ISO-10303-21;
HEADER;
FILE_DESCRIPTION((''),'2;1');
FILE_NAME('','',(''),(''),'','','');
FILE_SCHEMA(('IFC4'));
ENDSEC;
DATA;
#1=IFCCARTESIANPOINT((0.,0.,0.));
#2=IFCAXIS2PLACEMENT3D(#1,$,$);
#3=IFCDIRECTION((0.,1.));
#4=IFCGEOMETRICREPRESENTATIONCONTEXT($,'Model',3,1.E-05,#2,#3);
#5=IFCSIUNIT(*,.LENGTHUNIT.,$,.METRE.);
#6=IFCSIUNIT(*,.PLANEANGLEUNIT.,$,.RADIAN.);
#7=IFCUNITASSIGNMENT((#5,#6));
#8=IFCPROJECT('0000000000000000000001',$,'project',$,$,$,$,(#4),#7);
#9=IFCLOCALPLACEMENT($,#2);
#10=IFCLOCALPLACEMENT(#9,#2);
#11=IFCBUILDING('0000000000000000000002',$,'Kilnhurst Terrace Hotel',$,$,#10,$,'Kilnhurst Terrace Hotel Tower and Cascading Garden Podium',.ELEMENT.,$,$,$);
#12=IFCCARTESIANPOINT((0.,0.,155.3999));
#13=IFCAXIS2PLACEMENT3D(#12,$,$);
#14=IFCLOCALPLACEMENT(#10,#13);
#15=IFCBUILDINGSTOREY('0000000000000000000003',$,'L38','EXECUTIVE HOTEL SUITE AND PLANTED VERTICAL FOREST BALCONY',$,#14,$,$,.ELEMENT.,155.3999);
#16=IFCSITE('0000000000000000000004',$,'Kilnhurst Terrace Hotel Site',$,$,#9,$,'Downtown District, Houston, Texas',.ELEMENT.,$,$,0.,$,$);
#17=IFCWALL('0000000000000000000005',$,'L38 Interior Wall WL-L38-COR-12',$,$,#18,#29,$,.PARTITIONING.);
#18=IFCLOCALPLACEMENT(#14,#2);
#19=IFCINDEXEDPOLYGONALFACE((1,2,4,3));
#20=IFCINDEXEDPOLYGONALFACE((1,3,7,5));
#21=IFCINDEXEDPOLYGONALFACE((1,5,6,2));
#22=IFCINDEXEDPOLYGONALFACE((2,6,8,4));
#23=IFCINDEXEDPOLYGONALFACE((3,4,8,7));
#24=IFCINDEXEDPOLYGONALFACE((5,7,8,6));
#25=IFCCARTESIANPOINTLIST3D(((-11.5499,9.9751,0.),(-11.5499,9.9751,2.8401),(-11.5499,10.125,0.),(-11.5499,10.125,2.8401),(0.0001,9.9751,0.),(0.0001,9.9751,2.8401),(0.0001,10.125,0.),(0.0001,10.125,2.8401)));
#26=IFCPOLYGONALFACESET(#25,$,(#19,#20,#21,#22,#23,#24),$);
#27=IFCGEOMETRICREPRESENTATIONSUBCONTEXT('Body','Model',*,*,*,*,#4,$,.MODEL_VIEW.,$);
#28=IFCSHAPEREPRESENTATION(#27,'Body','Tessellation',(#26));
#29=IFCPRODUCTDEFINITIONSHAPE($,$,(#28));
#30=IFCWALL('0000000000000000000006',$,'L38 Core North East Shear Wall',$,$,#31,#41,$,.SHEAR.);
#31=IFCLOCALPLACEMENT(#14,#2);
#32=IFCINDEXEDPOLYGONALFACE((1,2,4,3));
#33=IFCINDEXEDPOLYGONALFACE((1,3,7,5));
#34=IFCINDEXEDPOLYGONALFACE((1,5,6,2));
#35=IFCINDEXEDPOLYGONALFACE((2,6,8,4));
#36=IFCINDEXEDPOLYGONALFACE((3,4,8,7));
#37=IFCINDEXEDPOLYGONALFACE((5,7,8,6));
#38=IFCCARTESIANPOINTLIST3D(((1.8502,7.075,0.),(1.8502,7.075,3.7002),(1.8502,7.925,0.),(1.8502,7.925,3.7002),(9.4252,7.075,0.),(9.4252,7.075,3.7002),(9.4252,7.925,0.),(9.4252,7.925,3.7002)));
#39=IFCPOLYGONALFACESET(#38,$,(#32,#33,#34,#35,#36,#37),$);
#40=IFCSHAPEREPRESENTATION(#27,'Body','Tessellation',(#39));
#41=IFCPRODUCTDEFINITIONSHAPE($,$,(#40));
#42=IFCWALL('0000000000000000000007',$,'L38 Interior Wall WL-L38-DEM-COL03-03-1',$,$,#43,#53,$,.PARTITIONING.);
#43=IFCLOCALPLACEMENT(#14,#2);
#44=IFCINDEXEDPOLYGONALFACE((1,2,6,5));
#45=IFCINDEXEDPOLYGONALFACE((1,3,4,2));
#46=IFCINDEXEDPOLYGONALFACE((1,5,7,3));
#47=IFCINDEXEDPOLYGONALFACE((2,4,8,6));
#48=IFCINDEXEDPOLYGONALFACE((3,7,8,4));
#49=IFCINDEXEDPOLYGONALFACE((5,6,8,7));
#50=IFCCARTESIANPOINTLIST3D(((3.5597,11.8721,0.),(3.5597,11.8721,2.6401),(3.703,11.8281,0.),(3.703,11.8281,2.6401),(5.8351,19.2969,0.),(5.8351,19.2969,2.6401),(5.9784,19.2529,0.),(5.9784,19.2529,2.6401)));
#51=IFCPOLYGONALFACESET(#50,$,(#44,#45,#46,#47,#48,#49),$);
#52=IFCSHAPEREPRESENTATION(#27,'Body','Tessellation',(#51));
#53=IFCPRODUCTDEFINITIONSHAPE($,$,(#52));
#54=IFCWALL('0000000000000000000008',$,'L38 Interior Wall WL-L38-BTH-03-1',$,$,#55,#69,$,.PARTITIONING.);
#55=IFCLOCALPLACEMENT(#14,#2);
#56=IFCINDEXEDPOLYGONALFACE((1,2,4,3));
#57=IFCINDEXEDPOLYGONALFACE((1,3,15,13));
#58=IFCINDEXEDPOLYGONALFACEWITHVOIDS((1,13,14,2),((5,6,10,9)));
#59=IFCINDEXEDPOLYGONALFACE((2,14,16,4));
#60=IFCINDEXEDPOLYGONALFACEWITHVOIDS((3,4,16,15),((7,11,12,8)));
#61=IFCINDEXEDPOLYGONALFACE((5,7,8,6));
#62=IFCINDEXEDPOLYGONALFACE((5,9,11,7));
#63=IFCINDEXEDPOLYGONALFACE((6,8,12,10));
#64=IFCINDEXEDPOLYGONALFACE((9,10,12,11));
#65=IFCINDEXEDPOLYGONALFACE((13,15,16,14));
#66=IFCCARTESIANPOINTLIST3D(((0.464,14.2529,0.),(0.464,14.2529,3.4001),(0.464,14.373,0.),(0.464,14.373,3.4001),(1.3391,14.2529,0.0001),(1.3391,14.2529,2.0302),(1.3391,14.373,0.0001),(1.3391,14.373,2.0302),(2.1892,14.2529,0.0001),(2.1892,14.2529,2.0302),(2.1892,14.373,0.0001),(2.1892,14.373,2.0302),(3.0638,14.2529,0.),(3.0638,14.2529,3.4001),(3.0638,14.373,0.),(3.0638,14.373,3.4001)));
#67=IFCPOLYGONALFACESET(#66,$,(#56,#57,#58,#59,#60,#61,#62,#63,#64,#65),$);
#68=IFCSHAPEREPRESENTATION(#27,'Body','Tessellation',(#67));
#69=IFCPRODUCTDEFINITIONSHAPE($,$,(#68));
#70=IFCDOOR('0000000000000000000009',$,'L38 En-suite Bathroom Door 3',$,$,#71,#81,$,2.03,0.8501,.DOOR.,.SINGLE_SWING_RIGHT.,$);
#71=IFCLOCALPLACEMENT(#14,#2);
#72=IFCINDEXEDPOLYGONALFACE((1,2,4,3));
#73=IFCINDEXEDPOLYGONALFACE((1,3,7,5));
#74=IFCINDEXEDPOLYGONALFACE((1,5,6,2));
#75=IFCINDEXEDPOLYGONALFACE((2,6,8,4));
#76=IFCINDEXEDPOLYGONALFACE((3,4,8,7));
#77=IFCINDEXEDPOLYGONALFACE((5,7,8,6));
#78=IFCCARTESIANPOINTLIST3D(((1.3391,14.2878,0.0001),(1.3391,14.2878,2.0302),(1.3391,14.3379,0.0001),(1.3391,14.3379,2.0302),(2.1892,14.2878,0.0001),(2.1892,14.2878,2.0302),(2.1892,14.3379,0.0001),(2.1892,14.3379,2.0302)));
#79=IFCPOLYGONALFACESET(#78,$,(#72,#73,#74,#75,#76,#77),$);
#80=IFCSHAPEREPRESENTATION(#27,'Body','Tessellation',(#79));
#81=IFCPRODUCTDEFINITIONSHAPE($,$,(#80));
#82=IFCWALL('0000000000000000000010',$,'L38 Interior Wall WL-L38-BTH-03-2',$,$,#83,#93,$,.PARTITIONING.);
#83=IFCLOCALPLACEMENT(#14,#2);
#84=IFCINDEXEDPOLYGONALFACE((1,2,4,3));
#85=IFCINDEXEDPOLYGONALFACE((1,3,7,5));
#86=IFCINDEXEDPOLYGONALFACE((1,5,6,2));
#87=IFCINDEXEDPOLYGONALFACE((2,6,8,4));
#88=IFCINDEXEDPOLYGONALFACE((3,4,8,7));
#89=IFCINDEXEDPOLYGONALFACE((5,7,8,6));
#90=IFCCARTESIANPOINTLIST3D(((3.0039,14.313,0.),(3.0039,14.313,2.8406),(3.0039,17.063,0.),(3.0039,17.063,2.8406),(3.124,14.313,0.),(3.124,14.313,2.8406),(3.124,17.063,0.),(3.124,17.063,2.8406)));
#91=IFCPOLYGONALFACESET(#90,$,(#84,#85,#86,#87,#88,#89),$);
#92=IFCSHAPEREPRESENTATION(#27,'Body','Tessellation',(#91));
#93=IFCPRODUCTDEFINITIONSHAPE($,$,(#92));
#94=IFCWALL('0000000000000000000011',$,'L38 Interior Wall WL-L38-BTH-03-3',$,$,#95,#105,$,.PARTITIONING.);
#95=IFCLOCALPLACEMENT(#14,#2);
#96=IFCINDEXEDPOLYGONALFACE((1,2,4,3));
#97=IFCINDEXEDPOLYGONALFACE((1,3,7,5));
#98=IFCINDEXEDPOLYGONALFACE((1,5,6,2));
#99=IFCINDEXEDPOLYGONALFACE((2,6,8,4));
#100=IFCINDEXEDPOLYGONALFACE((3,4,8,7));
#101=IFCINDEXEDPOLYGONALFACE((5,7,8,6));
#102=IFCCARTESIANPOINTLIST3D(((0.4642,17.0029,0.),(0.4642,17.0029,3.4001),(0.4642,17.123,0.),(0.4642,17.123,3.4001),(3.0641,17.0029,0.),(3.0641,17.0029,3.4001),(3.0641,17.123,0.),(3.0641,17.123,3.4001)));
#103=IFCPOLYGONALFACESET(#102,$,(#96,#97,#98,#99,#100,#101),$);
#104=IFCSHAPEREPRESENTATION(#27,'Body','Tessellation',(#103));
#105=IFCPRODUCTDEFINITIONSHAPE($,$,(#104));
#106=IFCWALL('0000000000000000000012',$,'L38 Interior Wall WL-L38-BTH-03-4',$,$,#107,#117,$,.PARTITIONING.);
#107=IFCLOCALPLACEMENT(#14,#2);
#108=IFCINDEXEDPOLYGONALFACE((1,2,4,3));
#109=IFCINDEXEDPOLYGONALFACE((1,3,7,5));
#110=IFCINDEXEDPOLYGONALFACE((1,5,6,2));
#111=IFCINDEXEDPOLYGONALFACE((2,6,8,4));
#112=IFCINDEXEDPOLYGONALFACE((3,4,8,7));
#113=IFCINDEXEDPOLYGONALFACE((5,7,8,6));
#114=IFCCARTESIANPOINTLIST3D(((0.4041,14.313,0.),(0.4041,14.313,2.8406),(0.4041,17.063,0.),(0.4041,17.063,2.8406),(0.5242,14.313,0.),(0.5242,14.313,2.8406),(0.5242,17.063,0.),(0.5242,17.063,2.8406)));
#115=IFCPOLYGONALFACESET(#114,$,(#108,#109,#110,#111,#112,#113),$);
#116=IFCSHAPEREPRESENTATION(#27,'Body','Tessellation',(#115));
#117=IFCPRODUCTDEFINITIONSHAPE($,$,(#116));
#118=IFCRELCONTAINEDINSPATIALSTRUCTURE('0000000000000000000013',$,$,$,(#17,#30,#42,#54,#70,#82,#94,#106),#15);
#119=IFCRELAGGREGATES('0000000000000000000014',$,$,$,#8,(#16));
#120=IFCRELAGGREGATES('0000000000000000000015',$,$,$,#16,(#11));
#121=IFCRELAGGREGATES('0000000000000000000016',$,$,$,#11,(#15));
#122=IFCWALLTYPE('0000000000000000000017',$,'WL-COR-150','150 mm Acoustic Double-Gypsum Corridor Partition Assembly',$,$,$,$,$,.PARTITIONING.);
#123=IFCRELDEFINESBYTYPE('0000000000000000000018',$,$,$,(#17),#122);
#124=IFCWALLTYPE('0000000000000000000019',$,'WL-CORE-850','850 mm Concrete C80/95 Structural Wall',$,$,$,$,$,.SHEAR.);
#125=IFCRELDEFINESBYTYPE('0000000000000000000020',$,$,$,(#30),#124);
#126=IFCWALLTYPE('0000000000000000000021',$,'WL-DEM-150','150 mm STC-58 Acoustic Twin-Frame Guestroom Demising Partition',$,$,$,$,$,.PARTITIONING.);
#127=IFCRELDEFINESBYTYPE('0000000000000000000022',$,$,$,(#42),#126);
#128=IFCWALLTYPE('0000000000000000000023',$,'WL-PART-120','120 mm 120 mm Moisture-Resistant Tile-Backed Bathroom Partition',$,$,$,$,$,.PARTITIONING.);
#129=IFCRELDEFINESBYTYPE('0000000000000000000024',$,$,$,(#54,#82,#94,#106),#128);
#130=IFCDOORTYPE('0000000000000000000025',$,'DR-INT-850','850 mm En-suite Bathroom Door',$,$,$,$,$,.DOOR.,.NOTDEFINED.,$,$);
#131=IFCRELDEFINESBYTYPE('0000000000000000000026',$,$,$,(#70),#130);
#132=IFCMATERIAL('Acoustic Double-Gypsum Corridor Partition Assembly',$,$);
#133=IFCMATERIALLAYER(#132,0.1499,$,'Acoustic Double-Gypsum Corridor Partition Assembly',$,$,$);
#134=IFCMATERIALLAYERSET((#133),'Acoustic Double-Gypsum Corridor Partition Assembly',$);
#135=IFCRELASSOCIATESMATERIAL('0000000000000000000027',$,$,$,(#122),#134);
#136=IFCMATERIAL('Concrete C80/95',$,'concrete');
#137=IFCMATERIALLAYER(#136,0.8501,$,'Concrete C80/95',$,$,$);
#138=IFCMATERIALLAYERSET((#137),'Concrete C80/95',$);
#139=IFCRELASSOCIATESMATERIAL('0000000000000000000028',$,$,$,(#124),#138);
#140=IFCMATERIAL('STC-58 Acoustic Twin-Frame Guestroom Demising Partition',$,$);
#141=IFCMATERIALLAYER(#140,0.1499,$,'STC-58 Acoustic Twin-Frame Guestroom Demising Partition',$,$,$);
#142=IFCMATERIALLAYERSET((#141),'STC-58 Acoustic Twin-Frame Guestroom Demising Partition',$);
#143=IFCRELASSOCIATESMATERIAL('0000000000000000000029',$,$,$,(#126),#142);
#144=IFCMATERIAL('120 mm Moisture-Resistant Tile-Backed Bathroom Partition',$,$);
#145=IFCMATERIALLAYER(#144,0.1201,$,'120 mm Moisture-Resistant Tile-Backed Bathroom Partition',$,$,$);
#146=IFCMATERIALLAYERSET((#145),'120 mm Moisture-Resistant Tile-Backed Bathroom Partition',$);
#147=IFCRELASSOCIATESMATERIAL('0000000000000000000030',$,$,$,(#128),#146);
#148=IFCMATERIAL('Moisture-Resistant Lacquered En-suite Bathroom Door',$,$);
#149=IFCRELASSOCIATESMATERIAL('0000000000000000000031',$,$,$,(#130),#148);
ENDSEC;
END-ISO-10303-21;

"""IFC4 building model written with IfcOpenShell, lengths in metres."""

from ifc_helpers import new_model, si_unit, direction, frame, frame_2d, origin, place, context, subcontext, project, spatial, rectangle, extrude, material, layer, layer_set, type_object, element, fill, save


model = new_model("IFC4")

# Units and contexts
model_context = context("Model", 3, precision=1e-05, world=origin(), true_north=direction((0.0, 1.0)))
body_context = subcontext(model_context, "Body", "Model", "MODEL_VIEW")
ifc_project = project(units=[si_unit("LENGTHUNIT", "METRE"), si_unit("PLANEANGLEUNIT", "RADIAN")], contexts=[model_context])

# Site, building, storey
site_placement = place(None, origin())
site = spatial("IfcSite", under=ifc_project, at=site_placement, Name="Kilnhurst Terrace Hotel Site", LongName="Downtown District, Houston, Texas", CompositionType="ELEMENT", RefElevation=0.0)
building_placement = place(site_placement, origin())
building = spatial("IfcBuilding", under=site, at=building_placement, Name="Kilnhurst Terrace Hotel", LongName="Kilnhurst Terrace Hotel Tower and Cascading Garden Podium", CompositionType="ELEMENT")
storey_placement = place(building_placement, frame((0.0, 0.0, 155.3999)))
storey = spatial("IfcBuildingStorey", under=building, at=storey_placement, Name="L38", Description="EXECUTIVE HOTEL SUITE AND PLANTED VERTICAL FOREST BALCONY", CompositionType="ELEMENT", Elevation=155.3999)

# Shared definitions
ifc_material_1 = material(Name="Concrete C80/95", Category="concrete")

# Shared definitions
ifc_material_2 = material(Name="Acoustic Double-Gypsum Corridor Partition Assembly")
ifc_layer_1 = layer(ifc_material_2, 0.1499, Name="Acoustic Double-Gypsum Corridor Partition Assembly")
ifc_layer_set_1 = layer_set([ifc_layer_1], Name="Acoustic Double-Gypsum Corridor Partition Assembly")
wall_type_1 = type_object("IfcWallType", Name="WL-COR-150", Description="150 mm Acoustic Double-Gypsum Corridor Partition Assembly", PredefinedType="PARTITIONING", material=ifc_layer_set_1)

# Walls
wall_1_placement = place(storey_placement, frame((0.0, 10.05, 0.0), z_axis=(0.0, 0.0, 1.0), x_axis=(-1.0, 0.0, 0.0)))
element("IfcWall", 1, at=wall_1_placement, inside=storey, type_object=wall_type_1, Name="L38 Interior Wall WL-L38-COR-12", PredefinedType="PARTITIONING", context=body_context, shape_type="SweptSolid", body=[
    extrude(rectangle(XDim=11.55, YDim=0.1499, at=frame_2d((5.7749, 0.0))), origin(), (0.0, 0.0, 1.0), 2.8401),
])
ifc_layer_2 = layer(ifc_material_1, 0.8501, Name="Concrete C80/95")
ifc_layer_set_2 = layer_set([ifc_layer_2], Name="Concrete C80/95")
wall_type_2 = type_object("IfcWallType", Name="WL-CORE-850", Description="850 mm Concrete C80/95 Structural Wall", PredefinedType="SHEAR", material=ifc_layer_set_2)
wall_2_placement = place(storey_placement, frame((1.8501, 7.5, 0.0), z_axis=(0.0, 0.0, 1.0), x_axis=(1.0, 0.0, 0.0)))
element("IfcWall", 2, at=wall_2_placement, inside=storey, type_object=wall_type_2, Name="L38 Core North East Shear Wall", PredefinedType="SHEAR", context=body_context, shape_type="SweptSolid", body=[
    extrude(rectangle(XDim=7.575, YDim=0.8501, at=frame_2d((3.7876, 0.0))), origin(), (0.0, 0.0, 1.0), 3.7002),
])
ifc_material_3 = material(Name="STC-58 Acoustic Twin-Frame Guestroom Demising Partition")
ifc_layer_3 = layer(ifc_material_3, 0.1499, Name="STC-58 Acoustic Twin-Frame Guestroom Demising Partition")
ifc_layer_set_3 = layer_set([ifc_layer_3], Name="STC-58 Acoustic Twin-Frame Guestroom Demising Partition")
wall_type_3 = type_object("IfcWallType", Name="WL-DEM-150", Description="150 mm STC-58 Acoustic Twin-Frame Guestroom Demising Partition", PredefinedType="PARTITIONING", material=ifc_layer_set_3)
wall_3_placement = place(storey_placement, frame((3.6313, 11.8501, 0.0), z_axis=(0.0, 0.0, 1.0), x_axis=(0.293008, 0.95611, 0.0)))
element("IfcWall", 3, at=wall_3_placement, inside=storey, type_object=wall_type_3, Name="L38 Interior Wall WL-L38-DEM-COL03-03-1", PredefinedType="PARTITIONING", context=body_context, shape_type="SweptSolid", body=[
    extrude(rectangle(XDim=7.7656, YDim=0.1499, at=frame_2d((3.8828, 0.0))), origin(), (0.0, 0.0, 1.0), 2.6401),
])

# Wall, opening, door
ifc_material_4 = material(Name="120 mm Moisture-Resistant Tile-Backed Bathroom Partition")
ifc_layer_4 = layer(ifc_material_4, 0.1201, Name="120 mm Moisture-Resistant Tile-Backed Bathroom Partition")
ifc_layer_set_4 = layer_set([ifc_layer_4], Name="120 mm Moisture-Resistant Tile-Backed Bathroom Partition")
wall_type_4 = type_object("IfcWallType", Name="WL-PART-120", Description="120 mm 120 mm Moisture-Resistant Tile-Backed Bathroom Partition", PredefinedType="PARTITIONING", material=ifc_layer_set_4)
wall_4_placement = place(storey_placement, frame((0.4641, 14.313, 0.0), z_axis=(0.0, 0.0, 1.0), x_axis=(1.0, 0.0, 0.0)))
wall_4 = element("IfcWall", 4, at=wall_4_placement, inside=storey, type_object=wall_type_4, Name="L38 Interior Wall WL-L38-BTH-03-1", PredefinedType="PARTITIONING", context=body_context, shape_type="SweptSolid", body=[
    extrude(rectangle(XDim=2.5999, YDim=0.1201, at=frame_2d((1.2998, 0.0))), origin(), (0.0, 0.0, 1.0), 3.4001),
])
opening_1_placement = place(wall_4_placement, frame((0.875, 0.0, 0.0)))
opening_1 = element("IfcOpeningElement", 5, at=opening_1_placement, cuts=wall_4, PredefinedType="OPENING", context=body_context, shape_type="SweptSolid", body=[
    extrude(rectangle(XDim=0.8501, YDim=2.03, at=frame_2d((0.425, 1.0151))), frame((0.0, 0.0701, 0.0), z_axis=(0.0, -1.0, 0.0), x_axis=(1.0, 0.0, 0.0)), (0.0, 0.0, 1.0), 0.1401),
])
ifc_material_5 = material(Name="Moisture-Resistant Lacquered En-suite Bathroom Door")
door_type_1 = type_object("IfcDoorType", Name="DR-INT-850", Description="850 mm En-suite Bathroom Door", OperationType="NOTDEFINED", PredefinedType="DOOR", material=ifc_material_5)
door_1_placement = place(opening_1_placement, origin())
door_1 = element("IfcDoor", 6, at=door_1_placement, inside=storey, type_object=door_type_1, Name="L38 En-suite Bathroom Door 3", OperationType="SINGLE_SWING_RIGHT", OverallHeight=2.03, OverallWidth=0.8501, PredefinedType="DOOR", context=body_context, shape_type="SweptSolid", body=[
    extrude(rectangle(XDim=0.8501, YDim=2.03, at=frame_2d((0.425, 1.0151))), frame((0.0, 0.0249, 0.0), z_axis=(0.0, -1.0, 0.0), x_axis=(1.0, 0.0, 0.0)), (0.0, 0.0, 1.0), 0.05),
])
fill(opening_1, door_1)

# Walls
wall_5_placement = place(storey_placement, frame((3.064, 14.313, 0.0), z_axis=(0.0, 0.0, 1.0), x_axis=(0.0, 1.0, 0.0)))
element("IfcWall", 7, at=wall_5_placement, inside=storey, type_object=wall_type_4, Name="L38 Interior Wall WL-L38-BTH-03-2", PredefinedType="PARTITIONING", context=body_context, shape_type="SweptSolid", body=[
    extrude(rectangle(XDim=2.75, YDim=0.1201, at=frame_2d((1.375, 0.0))), origin(), (0.0, 0.0, 1.0), 2.8406),
])
wall_6_placement = place(storey_placement, frame((3.064, 17.063, 0.0), z_axis=(0.0, 0.0, 1.0), x_axis=(-1.0, 0.0, 0.0)))
element("IfcWall", 8, at=wall_6_placement, inside=storey, type_object=wall_type_4, Name="L38 Interior Wall WL-L38-BTH-03-3", PredefinedType="PARTITIONING", context=body_context, shape_type="SweptSolid", body=[
    extrude(rectangle(XDim=2.5999, YDim=0.1201, at=frame_2d((1.2998, 0.0))), origin(), (0.0, 0.0, 1.0), 3.4001),
])
wall_7_placement = place(storey_placement, frame((0.4641, 17.063, 0.0), z_axis=(0.0, 0.0, 1.0), x_axis=(0.0, -1.0, 0.0)))
element("IfcWall", 9, at=wall_7_placement, inside=storey, type_object=wall_type_4, Name="L38 Interior Wall WL-L38-BTH-03-4", PredefinedType="PARTITIONING", context=body_context, shape_type="SweptSolid", body=[
    extrude(rectangle(XDim=2.75, YDim=0.1201, at=frame_2d((1.375, 0.0))), origin(), (0.0, 0.0, 1.0), 2.8406),
])

save(model, "model.ifc")
